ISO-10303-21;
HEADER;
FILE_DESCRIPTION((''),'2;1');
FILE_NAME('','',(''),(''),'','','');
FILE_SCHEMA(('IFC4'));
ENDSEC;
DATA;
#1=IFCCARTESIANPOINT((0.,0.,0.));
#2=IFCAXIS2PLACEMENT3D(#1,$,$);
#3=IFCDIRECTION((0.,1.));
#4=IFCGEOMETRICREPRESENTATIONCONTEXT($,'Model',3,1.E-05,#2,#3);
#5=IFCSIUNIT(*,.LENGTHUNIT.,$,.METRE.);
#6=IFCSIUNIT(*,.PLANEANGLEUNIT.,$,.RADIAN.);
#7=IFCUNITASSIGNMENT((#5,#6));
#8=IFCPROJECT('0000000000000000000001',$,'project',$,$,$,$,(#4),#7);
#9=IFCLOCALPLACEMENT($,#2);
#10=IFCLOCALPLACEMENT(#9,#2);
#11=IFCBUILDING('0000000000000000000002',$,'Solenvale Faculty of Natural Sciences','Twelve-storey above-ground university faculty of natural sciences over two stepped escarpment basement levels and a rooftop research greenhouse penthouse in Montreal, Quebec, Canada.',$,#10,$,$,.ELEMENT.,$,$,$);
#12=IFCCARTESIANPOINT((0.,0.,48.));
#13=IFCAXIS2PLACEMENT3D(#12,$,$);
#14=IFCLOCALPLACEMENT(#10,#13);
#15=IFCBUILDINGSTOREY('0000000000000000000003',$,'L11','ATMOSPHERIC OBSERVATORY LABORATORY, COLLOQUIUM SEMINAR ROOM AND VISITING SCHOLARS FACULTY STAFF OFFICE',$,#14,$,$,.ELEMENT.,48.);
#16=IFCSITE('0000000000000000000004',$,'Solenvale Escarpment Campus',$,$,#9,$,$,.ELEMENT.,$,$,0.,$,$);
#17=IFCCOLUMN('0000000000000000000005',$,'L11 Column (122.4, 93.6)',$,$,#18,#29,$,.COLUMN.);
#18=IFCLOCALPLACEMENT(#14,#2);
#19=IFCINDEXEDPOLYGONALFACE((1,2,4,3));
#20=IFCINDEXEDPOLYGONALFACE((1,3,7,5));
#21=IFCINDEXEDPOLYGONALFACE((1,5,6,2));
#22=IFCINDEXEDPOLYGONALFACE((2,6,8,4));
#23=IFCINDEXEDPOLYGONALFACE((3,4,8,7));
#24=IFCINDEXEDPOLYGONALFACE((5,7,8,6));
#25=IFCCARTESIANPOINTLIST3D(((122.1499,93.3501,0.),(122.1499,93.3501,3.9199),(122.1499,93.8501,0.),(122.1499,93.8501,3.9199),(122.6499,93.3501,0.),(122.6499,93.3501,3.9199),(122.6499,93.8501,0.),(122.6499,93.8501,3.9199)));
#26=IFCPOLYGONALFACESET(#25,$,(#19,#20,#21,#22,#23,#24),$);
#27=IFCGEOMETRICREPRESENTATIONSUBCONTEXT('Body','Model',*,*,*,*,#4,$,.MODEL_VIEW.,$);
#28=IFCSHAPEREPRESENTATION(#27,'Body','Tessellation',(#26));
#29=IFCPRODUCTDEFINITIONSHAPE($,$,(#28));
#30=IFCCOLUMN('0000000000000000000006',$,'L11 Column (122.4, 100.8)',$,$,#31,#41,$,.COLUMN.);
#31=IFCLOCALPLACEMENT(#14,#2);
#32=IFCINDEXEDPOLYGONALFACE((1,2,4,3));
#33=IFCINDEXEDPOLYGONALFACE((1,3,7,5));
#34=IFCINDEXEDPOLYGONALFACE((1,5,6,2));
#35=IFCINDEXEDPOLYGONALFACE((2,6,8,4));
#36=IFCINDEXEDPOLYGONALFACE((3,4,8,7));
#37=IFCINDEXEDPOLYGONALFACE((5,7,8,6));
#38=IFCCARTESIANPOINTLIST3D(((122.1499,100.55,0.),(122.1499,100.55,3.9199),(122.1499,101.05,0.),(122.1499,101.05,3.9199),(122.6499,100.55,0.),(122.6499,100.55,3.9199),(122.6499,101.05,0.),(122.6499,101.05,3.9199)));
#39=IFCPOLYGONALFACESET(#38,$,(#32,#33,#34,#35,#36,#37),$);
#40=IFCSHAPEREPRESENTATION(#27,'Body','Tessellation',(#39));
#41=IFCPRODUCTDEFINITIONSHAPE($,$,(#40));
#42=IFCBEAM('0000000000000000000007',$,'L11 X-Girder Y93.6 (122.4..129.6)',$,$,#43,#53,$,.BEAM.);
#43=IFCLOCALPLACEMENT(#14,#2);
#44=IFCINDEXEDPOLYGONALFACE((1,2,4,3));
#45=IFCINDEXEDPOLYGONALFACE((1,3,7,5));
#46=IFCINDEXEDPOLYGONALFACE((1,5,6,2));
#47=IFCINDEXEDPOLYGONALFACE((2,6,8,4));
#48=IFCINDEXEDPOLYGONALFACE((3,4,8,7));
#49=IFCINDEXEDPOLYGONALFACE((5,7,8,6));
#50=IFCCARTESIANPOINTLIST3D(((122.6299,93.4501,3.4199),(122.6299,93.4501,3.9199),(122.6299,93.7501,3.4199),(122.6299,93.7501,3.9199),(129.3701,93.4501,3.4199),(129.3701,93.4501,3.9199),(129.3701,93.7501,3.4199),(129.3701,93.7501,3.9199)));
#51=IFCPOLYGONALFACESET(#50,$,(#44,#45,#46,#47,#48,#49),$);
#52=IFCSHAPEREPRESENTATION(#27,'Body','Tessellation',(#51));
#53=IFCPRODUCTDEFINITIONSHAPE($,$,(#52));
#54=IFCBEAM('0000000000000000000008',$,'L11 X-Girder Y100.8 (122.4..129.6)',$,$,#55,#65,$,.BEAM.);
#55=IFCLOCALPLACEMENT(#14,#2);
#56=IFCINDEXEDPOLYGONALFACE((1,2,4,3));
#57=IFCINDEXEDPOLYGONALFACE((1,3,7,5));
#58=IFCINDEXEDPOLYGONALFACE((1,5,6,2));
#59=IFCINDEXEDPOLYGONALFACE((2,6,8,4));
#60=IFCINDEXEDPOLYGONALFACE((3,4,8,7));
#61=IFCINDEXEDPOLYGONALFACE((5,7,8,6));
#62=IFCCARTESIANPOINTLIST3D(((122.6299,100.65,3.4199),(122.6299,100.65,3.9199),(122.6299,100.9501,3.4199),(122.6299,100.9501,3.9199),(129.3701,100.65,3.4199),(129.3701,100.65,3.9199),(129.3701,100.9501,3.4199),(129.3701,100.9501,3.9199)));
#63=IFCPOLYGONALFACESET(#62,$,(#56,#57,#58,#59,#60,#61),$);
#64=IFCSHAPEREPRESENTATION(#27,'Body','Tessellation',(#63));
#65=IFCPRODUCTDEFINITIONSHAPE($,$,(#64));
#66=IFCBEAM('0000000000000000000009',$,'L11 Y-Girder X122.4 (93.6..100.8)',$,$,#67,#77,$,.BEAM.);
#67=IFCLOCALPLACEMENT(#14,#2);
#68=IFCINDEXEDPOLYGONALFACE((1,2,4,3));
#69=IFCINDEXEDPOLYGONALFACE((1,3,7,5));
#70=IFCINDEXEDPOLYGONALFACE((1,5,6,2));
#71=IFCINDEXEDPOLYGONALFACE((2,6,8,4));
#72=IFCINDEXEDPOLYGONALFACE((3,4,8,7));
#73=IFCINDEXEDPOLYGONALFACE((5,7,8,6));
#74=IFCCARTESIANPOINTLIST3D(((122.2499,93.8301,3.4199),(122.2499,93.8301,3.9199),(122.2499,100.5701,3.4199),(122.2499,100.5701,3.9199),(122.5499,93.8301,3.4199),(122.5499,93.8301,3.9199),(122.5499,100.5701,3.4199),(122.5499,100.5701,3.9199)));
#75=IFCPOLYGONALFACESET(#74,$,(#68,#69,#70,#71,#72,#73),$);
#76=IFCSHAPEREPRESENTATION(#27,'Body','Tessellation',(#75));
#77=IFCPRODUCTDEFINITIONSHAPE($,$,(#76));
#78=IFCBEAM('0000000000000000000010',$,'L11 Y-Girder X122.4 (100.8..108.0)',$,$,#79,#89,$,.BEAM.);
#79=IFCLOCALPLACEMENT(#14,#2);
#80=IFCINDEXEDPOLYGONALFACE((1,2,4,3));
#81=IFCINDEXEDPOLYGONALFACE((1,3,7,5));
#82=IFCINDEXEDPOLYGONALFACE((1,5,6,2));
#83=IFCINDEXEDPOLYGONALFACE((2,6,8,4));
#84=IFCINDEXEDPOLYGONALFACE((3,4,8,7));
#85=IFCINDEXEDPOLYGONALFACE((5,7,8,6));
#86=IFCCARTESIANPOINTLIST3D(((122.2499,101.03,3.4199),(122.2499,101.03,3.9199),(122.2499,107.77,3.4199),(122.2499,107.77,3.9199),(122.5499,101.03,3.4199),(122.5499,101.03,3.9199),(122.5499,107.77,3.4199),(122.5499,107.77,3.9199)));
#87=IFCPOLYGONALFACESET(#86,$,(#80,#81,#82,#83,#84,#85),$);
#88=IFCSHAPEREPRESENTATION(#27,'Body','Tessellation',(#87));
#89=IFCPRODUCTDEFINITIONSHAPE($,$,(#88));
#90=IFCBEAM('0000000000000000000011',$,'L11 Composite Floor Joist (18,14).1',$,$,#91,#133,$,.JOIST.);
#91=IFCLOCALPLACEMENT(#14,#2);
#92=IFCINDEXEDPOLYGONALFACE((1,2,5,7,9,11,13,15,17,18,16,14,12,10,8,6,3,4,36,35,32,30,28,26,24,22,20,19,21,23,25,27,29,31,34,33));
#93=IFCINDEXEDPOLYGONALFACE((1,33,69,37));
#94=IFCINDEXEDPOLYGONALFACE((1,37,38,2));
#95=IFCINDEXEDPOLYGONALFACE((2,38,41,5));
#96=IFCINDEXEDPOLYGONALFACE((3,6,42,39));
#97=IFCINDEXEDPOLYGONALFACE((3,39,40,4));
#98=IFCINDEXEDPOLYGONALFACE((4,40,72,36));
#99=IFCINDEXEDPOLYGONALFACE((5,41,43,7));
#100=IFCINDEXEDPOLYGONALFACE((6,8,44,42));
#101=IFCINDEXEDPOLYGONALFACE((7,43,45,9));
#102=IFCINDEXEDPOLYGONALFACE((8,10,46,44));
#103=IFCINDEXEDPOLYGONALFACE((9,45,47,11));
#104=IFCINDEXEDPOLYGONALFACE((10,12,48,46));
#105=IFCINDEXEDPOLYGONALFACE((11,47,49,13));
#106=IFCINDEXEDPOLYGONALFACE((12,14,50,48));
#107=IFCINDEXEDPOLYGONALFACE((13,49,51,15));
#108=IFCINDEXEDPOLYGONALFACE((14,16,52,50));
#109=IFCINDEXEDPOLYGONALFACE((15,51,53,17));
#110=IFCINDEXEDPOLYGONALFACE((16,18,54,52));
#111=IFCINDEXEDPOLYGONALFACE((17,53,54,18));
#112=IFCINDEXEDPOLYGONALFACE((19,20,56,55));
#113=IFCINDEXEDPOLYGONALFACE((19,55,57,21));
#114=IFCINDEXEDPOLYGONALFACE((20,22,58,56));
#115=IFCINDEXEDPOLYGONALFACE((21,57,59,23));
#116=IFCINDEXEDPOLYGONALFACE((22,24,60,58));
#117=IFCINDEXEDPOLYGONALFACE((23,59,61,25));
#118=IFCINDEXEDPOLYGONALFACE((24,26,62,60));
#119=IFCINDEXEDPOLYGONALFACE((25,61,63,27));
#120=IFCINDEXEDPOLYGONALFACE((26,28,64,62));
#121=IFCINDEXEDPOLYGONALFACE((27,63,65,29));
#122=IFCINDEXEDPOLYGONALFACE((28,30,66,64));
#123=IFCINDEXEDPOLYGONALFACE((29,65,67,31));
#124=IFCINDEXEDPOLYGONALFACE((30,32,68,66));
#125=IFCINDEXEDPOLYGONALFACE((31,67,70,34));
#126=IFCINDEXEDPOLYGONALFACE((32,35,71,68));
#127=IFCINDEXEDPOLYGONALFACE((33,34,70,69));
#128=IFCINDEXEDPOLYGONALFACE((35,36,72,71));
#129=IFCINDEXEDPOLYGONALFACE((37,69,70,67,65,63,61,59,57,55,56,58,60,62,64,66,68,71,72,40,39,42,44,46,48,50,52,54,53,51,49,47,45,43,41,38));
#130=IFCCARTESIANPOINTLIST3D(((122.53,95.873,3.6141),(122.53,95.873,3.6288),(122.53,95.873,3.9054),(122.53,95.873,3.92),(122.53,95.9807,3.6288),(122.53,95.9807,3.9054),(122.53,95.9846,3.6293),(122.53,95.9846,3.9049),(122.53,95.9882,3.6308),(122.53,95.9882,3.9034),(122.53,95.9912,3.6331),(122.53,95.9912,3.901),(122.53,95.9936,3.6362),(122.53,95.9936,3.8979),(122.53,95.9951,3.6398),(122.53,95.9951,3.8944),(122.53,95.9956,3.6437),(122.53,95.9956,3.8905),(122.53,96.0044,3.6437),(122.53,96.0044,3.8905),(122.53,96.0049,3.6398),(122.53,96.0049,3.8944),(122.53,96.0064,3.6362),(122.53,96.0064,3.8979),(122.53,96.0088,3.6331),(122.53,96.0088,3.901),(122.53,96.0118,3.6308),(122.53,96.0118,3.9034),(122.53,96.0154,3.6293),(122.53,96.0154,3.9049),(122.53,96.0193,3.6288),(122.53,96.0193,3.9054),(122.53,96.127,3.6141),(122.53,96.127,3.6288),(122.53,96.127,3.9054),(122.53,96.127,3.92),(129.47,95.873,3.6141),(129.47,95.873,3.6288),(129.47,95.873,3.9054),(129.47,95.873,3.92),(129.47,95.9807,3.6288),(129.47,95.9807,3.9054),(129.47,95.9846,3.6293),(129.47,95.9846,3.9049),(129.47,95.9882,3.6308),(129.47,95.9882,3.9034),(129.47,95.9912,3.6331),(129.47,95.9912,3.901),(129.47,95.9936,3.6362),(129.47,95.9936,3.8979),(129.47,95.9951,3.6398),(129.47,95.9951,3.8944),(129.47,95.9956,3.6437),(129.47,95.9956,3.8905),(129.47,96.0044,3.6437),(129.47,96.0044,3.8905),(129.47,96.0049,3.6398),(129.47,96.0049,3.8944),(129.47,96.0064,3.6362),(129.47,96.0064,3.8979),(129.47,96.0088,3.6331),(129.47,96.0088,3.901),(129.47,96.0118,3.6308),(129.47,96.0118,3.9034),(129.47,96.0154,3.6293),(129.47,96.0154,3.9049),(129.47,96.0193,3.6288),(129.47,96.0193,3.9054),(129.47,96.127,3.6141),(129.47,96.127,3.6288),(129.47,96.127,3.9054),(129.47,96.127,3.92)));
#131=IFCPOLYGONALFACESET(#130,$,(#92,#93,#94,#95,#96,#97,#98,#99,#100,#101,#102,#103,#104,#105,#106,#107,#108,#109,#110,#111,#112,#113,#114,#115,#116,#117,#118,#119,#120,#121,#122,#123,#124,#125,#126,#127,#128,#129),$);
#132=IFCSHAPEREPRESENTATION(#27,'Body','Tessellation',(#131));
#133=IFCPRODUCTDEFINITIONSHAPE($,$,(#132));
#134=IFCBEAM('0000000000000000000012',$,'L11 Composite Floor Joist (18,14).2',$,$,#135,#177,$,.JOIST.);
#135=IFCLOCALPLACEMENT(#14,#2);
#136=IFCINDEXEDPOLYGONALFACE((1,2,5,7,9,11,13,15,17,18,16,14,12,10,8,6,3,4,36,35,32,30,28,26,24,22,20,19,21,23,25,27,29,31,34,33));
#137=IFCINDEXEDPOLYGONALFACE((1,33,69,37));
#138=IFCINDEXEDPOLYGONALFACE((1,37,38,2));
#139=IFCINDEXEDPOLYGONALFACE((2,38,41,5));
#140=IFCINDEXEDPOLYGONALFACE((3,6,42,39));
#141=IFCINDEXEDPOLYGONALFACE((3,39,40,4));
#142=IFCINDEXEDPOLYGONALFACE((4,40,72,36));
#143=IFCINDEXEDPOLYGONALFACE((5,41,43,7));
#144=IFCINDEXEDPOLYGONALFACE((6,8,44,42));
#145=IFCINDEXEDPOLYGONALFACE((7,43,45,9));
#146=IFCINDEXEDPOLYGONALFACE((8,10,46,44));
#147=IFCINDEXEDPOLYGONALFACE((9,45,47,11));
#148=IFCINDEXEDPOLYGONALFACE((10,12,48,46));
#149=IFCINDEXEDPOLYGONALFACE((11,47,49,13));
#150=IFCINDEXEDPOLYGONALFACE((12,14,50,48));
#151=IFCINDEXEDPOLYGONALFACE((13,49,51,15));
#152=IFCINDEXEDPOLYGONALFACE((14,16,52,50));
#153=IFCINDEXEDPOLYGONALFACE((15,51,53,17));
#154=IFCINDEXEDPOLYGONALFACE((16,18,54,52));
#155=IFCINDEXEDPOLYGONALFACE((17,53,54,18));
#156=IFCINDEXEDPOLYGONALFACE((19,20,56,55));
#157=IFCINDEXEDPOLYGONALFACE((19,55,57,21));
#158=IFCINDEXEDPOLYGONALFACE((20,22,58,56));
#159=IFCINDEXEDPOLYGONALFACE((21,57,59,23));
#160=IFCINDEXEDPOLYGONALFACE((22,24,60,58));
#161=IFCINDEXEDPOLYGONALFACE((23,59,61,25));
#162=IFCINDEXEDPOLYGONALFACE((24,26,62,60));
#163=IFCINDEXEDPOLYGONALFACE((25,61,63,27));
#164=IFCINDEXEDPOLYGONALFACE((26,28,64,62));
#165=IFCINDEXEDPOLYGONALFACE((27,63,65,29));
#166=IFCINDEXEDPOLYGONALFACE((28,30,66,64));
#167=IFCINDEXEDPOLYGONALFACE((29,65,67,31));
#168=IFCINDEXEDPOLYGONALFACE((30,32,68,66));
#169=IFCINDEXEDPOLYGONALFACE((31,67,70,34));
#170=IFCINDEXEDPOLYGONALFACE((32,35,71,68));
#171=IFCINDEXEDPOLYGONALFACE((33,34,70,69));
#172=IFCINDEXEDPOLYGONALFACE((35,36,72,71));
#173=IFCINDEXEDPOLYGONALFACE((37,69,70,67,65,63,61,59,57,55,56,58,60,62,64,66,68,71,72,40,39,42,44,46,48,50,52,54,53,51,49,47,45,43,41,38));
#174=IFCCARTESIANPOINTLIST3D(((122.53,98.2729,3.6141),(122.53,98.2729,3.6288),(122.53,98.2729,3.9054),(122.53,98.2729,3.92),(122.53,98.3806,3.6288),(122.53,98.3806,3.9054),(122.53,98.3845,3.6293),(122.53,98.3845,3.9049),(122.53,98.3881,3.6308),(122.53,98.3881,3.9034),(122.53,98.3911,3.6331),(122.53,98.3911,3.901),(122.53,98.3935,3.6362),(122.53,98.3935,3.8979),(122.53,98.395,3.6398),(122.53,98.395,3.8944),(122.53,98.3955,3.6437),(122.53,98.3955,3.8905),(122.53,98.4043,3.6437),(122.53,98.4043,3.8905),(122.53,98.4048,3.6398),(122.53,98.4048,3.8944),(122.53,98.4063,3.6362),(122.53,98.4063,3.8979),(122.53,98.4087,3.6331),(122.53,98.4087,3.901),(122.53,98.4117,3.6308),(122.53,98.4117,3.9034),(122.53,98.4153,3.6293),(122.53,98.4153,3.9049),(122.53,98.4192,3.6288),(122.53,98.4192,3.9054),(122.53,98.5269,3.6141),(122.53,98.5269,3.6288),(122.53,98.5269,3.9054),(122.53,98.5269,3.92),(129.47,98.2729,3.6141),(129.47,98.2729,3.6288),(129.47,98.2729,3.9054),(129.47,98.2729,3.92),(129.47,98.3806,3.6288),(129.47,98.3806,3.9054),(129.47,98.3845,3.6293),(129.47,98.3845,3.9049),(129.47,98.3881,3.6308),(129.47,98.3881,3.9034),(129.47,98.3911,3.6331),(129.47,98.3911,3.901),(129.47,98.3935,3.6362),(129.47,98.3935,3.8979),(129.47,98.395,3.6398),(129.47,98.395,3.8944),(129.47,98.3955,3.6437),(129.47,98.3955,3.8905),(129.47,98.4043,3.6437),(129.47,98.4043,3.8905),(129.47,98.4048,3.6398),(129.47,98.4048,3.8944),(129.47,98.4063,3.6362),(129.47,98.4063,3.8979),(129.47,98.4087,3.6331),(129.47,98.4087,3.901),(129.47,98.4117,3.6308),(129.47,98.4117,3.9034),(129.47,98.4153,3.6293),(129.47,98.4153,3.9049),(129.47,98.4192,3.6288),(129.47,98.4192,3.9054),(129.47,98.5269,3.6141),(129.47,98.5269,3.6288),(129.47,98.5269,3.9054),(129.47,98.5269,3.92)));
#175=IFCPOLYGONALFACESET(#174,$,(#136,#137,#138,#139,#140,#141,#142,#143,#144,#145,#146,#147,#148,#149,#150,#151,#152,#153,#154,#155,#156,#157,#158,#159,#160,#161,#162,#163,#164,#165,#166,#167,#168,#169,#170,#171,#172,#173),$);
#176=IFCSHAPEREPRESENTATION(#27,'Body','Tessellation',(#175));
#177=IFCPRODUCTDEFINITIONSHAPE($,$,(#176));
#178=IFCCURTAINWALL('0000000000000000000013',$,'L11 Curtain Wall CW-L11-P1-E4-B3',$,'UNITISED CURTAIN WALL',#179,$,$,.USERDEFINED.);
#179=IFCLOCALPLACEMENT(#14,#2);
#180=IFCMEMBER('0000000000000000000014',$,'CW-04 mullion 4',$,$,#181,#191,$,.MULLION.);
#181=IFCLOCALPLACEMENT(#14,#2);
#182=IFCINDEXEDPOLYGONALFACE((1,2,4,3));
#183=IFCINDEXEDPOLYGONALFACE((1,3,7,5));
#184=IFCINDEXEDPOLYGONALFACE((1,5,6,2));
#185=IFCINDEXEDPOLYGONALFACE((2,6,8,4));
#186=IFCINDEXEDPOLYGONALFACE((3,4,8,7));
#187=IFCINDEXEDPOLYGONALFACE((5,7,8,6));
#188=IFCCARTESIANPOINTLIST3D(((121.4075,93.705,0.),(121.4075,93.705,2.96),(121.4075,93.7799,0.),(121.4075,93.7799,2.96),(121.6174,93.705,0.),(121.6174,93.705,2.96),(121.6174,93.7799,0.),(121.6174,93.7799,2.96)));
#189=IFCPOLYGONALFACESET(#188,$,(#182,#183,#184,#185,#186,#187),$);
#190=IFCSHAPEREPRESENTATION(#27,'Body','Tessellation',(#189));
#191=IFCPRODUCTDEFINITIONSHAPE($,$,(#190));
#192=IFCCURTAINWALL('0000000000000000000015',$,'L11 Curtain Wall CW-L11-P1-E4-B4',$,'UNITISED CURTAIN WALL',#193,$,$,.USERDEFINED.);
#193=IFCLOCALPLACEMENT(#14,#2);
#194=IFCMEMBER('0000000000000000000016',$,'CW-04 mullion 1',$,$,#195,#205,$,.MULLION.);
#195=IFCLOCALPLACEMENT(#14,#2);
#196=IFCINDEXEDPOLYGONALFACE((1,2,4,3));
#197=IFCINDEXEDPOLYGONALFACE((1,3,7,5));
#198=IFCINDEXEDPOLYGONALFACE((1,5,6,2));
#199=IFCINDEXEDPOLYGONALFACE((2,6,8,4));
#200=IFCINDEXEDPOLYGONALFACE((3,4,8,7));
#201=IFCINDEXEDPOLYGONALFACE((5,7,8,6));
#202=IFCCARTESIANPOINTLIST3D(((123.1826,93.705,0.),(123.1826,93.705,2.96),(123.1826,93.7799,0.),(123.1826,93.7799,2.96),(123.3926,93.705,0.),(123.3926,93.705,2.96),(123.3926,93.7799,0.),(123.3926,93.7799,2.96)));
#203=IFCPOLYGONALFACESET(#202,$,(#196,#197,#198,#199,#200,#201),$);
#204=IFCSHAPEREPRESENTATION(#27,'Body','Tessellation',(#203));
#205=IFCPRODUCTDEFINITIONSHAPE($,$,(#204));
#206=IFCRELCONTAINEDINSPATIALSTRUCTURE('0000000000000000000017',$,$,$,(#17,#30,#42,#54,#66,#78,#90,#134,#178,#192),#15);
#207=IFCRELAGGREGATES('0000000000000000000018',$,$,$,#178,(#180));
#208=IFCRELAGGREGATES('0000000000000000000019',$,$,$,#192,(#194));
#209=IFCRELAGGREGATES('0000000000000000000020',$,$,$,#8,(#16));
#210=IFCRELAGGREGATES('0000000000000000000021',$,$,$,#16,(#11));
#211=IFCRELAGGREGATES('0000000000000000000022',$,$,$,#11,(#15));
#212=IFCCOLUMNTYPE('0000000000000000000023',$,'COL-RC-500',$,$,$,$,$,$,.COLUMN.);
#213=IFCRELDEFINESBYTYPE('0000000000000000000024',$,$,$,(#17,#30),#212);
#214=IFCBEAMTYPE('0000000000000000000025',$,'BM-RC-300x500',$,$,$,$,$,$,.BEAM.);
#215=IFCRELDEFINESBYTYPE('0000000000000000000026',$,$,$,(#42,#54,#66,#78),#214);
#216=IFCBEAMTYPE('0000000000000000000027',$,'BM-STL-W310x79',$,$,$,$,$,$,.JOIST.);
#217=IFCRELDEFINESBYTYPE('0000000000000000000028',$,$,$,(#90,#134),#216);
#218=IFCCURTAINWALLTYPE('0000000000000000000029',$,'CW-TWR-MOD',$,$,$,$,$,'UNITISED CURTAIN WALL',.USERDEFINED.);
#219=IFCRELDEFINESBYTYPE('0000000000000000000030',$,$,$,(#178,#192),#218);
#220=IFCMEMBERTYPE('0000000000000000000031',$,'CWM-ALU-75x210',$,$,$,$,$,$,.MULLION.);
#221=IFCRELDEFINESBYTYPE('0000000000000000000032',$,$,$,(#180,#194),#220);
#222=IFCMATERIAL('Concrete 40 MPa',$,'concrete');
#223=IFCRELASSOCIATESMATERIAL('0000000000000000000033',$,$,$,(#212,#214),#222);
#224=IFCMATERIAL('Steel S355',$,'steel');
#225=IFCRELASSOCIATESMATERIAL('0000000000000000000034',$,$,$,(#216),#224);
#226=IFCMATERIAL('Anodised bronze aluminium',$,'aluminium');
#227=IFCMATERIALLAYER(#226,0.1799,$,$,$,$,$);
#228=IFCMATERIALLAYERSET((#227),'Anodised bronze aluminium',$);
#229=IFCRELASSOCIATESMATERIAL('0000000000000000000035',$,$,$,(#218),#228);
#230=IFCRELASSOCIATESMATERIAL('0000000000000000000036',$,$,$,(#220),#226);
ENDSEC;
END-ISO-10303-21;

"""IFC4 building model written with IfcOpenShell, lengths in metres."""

from ifc_helpers import new_model, si_unit, direction, frame, origin, origin_2d, place, context, subcontext, project, spatial, rectangle, i_section, extrude, material, layer, layer_set, material_profile, profile_set, type_object, element, aggregate, save


model = new_model("IFC4")

# Units and contexts
model_context = context("Model", 3, precision=1e-05, world=origin(), true_north=direction((0.0, 1.0)))
body_context = subcontext(model_context, "Body", "Model", "MODEL_VIEW")
ifc_project = project(units=[si_unit("LENGTHUNIT", "METRE"), si_unit("PLANEANGLEUNIT", "RADIAN")], contexts=[model_context])

# Site, building, storey
site_placement = place(None, origin())
site = spatial("IfcSite", under=ifc_project, at=site_placement, Name="Solenvale Escarpment Campus", CompositionType="ELEMENT", RefElevation=0.0)
building_placement = place(site_placement, origin())
building = spatial("IfcBuilding", under=site, at=building_placement, Name="Solenvale Faculty of Natural Sciences", Description="Twelve-storey above-ground university faculty of natural sciences over two stepped escarpment basement levels and a rooftop research greenhouse penthouse in Montreal, Quebec, Canada.", CompositionType="ELEMENT")
storey_placement = place(building_placement, frame((0.0, 0.0, 48.0)))
storey = spatial("IfcBuildingStorey", under=building, at=storey_placement, Name="L11", Description="ATMOSPHERIC OBSERVATORY LABORATORY, COLLOQUIUM SEMINAR ROOM AND VISITING SCHOLARS FACULTY STAFF OFFICE", CompositionType="ELEMENT", Elevation=48.0)

# Columns
ifc_material_1 = material(Name="Concrete 40 MPa", Category="concrete")
ifc_material_profile_1 = material_profile(ifc_material_1, rectangle(XDim=0.5, YDim=0.5, at=origin_2d()), Name="RC-COL-500x500")
ifc_profile_set_1 = profile_set([ifc_material_profile_1], Name="Concrete 40 MPa")
column_type = type_object("IfcColumnType", Name="COL-RC-500", PredefinedType="COLUMN", material=ifc_profile_set_1)
for number, where, z_axis, x_axis, name in (
    (1, (122.3999, 93.6001, 0.0), (0.0, 0.0, 1.0), (1.0, 0.0, 0.0), "L11 Column (122.4, 93.6)"),
    (2, (122.3999, 100.8, 0.0), (0.0, 0.0, 1.0), (1.0, 0.0, 0.0), "L11 Column (122.4, 100.8)"),
):
    element("IfcColumn", number, at=place(storey_placement, frame(where, z_axis=z_axis, x_axis=x_axis)), inside=storey, type_object=column_type, Name=name, PredefinedType="COLUMN", context=body_context, shape_type="SweptSolid", body=[
        extrude(rectangle(XDim=0.5, YDim=0.5, at=origin_2d()), origin(), (0.0, 0.0, 1.0), 3.9199),
    ])

# Beams
ifc_material_profile_2 = material_profile(ifc_material_1, rectangle(XDim=0.3, YDim=0.5, at=origin_2d()), Name="RC-BM-300x500")
ifc_profile_set_2 = profile_set([ifc_material_profile_2], Name="Concrete 40 MPa")
beam_type_1 = type_object("IfcBeamType", Name="BM-RC-300x500", PredefinedType="BEAM", material=ifc_profile_set_2)
for number, where, z_axis, x_axis, name in (
    (3, (122.6299, 93.6001, 3.6699), (1.0, 0.0, 0.0), (0.0, 1.0, 0.0), "L11 X-Girder Y93.6 (122.4..129.6)"),
    (4, (122.6299, 100.8, 3.6699), (1.0, 0.0, 0.0), (0.0, 1.0, 0.0), "L11 X-Girder Y100.8 (122.4..129.6)"),
):
    element("IfcBeam", number, at=place(storey_placement, frame(where, z_axis=z_axis, x_axis=x_axis)), inside=storey, type_object=beam_type_1, Name=name, PredefinedType="BEAM", context=body_context, shape_type="SweptSolid", body=[
        extrude(rectangle(XDim=0.3, YDim=0.5, at=origin_2d()), origin(), (0.0, 0.0, 1.0), 6.7402),
    ])
for number, where, z_axis, x_axis, name in (
    (5, (122.3999, 93.8301, 3.6699), (0.0, 1.0, 0.0), (-1.0, 0.0, 0.0), "L11 Y-Girder X122.4 (93.6..100.8)"),
    (6, (122.3999, 101.03, 3.6699), (0.0, 1.0, 0.0), (-1.0, 0.0, 0.0), "L11 Y-Girder X122.4 (100.8..108.0)"),
):
    element("IfcBeam", number, at=place(storey_placement, frame(where, z_axis=z_axis, x_axis=x_axis)), inside=storey, type_object=beam_type_1, Name=name, PredefinedType="BEAM", context=body_context, shape_type="SweptSolid", body=[
        extrude(rectangle(XDim=0.3, YDim=0.5, at=origin_2d()), origin(), (0.0, 0.0, 1.0), 6.74),
    ])
ifc_material_2 = material(Name="Steel S355", Category="steel")
ifc_material_profile_3 = material_profile(ifc_material_2, i_section(OverallWidth=0.2539, OverallDepth=0.3059, WebThickness=0.0088, FlangeThickness=0.0146, FilletRadius=0.0149, at=origin_2d()), Name="W310x79")
ifc_profile_set_3 = profile_set([ifc_material_profile_3], Name="Steel S355")
beam_type_2 = type_object("IfcBeamType", Name="BM-STL-W310x79", PredefinedType="JOIST", material=ifc_profile_set_3)
for number, where, z_axis, x_axis, name in (
    (7, (122.53, 96.0, 3.7671), (1.0, 0.0, 0.0), (0.0, 1.0, 0.0), "L11 Composite Floor Joist (18,14).1"),
    (8, (122.53, 98.3999, 3.7671), (1.0, 0.0, 0.0), (0.0, 1.0, 0.0), "L11 Composite Floor Joist (18,14).2"),
):
    element("IfcBeam", number, at=place(storey_placement, frame(where, z_axis=z_axis, x_axis=x_axis)), inside=storey, type_object=beam_type_2, Name=name, PredefinedType="JOIST", context=body_context, shape_type="SweptSolid", body=[
        extrude(i_section(OverallWidth=0.2539, OverallDepth=0.3059, WebThickness=0.0088, FlangeThickness=0.0146, FilletRadius=0.0149, at=origin_2d()), origin(), (0.0, 0.0, 1.0), 6.9399),
    ])

# Curtain wall, member
ifc_material_3 = material(Name="Anodised bronze aluminium", Category="aluminium")
ifc_layer_1 = layer(ifc_material_3, 0.1799)
ifc_layer_set_1 = layer_set([ifc_layer_1], Name="Anodised bronze aluminium")
curtain_wall_type = type_object("IfcCurtainWallType", Name="CW-TWR-MOD", ElementType="UNITISED CURTAIN WALL", PredefinedType="USERDEFINED", material=ifc_layer_set_1)
curtain_wall_1_placement = place(storey_placement, origin())
curtain_wall_1 = element("IfcCurtainWall", 9, at=curtain_wall_1_placement, inside=storey, type_object=curtain_wall_type, Name="L11 Curtain Wall CW-L11-P1-E4-B3", ObjectType="UNITISED CURTAIN WALL", PredefinedType="USERDEFINED")
ifc_material_profile_4 = material_profile(ifc_material_3, rectangle(XDim=0.075, YDim=0.21, at=origin_2d()), Name="ALU-MUL-75x210")
ifc_profile_set_4 = profile_set([ifc_material_profile_4], Name="Anodised bronze aluminium")
member_type_1 = type_object("IfcMemberType", Name="CWM-ALU-75x210", PredefinedType="MULLION", material=ifc_profile_set_4)
member_1_placement = place(storey_placement, frame((121.5125, 93.7424, 0.0), z_axis=(0.0, 0.0, 1.0), x_axis=(0.0, 1.0, 0.0)))
member_1 = element("IfcMember", 10, at=member_1_placement, type_object=member_type_1, Name="CW-04 mullion 4", PredefinedType="MULLION", context=body_context, shape_type="SweptSolid", body=[
    extrude(rectangle(XDim=0.075, YDim=0.21, at=origin_2d()), origin(), (0.0, 0.0, 1.0), 2.96),
])
aggregate(curtain_wall_1, [member_1])

# Curtain wall, member
curtain_wall_2_placement = place(storey_placement, origin())
curtain_wall_2 = element("IfcCurtainWall", 11, at=curtain_wall_2_placement, inside=storey, type_object=curtain_wall_type, Name="L11 Curtain Wall CW-L11-P1-E4-B4", ObjectType="UNITISED CURTAIN WALL", PredefinedType="USERDEFINED")
member_2_placement = place(storey_placement, frame((123.2876, 93.7424, 0.0), z_axis=(0.0, 0.0, 1.0), x_axis=(0.0, 1.0, 0.0)))
member_2 = element("IfcMember", 12, at=member_2_placement, type_object=member_type_1, Name="CW-04 mullion 1", PredefinedType="MULLION", context=body_context, shape_type="SweptSolid", body=[
    extrude(rectangle(XDim=0.075, YDim=0.21, at=origin_2d()), origin(), (0.0, 0.0, 1.0), 2.96),
])
aggregate(curtain_wall_2, [member_2])

save(model, "model.ifc")
